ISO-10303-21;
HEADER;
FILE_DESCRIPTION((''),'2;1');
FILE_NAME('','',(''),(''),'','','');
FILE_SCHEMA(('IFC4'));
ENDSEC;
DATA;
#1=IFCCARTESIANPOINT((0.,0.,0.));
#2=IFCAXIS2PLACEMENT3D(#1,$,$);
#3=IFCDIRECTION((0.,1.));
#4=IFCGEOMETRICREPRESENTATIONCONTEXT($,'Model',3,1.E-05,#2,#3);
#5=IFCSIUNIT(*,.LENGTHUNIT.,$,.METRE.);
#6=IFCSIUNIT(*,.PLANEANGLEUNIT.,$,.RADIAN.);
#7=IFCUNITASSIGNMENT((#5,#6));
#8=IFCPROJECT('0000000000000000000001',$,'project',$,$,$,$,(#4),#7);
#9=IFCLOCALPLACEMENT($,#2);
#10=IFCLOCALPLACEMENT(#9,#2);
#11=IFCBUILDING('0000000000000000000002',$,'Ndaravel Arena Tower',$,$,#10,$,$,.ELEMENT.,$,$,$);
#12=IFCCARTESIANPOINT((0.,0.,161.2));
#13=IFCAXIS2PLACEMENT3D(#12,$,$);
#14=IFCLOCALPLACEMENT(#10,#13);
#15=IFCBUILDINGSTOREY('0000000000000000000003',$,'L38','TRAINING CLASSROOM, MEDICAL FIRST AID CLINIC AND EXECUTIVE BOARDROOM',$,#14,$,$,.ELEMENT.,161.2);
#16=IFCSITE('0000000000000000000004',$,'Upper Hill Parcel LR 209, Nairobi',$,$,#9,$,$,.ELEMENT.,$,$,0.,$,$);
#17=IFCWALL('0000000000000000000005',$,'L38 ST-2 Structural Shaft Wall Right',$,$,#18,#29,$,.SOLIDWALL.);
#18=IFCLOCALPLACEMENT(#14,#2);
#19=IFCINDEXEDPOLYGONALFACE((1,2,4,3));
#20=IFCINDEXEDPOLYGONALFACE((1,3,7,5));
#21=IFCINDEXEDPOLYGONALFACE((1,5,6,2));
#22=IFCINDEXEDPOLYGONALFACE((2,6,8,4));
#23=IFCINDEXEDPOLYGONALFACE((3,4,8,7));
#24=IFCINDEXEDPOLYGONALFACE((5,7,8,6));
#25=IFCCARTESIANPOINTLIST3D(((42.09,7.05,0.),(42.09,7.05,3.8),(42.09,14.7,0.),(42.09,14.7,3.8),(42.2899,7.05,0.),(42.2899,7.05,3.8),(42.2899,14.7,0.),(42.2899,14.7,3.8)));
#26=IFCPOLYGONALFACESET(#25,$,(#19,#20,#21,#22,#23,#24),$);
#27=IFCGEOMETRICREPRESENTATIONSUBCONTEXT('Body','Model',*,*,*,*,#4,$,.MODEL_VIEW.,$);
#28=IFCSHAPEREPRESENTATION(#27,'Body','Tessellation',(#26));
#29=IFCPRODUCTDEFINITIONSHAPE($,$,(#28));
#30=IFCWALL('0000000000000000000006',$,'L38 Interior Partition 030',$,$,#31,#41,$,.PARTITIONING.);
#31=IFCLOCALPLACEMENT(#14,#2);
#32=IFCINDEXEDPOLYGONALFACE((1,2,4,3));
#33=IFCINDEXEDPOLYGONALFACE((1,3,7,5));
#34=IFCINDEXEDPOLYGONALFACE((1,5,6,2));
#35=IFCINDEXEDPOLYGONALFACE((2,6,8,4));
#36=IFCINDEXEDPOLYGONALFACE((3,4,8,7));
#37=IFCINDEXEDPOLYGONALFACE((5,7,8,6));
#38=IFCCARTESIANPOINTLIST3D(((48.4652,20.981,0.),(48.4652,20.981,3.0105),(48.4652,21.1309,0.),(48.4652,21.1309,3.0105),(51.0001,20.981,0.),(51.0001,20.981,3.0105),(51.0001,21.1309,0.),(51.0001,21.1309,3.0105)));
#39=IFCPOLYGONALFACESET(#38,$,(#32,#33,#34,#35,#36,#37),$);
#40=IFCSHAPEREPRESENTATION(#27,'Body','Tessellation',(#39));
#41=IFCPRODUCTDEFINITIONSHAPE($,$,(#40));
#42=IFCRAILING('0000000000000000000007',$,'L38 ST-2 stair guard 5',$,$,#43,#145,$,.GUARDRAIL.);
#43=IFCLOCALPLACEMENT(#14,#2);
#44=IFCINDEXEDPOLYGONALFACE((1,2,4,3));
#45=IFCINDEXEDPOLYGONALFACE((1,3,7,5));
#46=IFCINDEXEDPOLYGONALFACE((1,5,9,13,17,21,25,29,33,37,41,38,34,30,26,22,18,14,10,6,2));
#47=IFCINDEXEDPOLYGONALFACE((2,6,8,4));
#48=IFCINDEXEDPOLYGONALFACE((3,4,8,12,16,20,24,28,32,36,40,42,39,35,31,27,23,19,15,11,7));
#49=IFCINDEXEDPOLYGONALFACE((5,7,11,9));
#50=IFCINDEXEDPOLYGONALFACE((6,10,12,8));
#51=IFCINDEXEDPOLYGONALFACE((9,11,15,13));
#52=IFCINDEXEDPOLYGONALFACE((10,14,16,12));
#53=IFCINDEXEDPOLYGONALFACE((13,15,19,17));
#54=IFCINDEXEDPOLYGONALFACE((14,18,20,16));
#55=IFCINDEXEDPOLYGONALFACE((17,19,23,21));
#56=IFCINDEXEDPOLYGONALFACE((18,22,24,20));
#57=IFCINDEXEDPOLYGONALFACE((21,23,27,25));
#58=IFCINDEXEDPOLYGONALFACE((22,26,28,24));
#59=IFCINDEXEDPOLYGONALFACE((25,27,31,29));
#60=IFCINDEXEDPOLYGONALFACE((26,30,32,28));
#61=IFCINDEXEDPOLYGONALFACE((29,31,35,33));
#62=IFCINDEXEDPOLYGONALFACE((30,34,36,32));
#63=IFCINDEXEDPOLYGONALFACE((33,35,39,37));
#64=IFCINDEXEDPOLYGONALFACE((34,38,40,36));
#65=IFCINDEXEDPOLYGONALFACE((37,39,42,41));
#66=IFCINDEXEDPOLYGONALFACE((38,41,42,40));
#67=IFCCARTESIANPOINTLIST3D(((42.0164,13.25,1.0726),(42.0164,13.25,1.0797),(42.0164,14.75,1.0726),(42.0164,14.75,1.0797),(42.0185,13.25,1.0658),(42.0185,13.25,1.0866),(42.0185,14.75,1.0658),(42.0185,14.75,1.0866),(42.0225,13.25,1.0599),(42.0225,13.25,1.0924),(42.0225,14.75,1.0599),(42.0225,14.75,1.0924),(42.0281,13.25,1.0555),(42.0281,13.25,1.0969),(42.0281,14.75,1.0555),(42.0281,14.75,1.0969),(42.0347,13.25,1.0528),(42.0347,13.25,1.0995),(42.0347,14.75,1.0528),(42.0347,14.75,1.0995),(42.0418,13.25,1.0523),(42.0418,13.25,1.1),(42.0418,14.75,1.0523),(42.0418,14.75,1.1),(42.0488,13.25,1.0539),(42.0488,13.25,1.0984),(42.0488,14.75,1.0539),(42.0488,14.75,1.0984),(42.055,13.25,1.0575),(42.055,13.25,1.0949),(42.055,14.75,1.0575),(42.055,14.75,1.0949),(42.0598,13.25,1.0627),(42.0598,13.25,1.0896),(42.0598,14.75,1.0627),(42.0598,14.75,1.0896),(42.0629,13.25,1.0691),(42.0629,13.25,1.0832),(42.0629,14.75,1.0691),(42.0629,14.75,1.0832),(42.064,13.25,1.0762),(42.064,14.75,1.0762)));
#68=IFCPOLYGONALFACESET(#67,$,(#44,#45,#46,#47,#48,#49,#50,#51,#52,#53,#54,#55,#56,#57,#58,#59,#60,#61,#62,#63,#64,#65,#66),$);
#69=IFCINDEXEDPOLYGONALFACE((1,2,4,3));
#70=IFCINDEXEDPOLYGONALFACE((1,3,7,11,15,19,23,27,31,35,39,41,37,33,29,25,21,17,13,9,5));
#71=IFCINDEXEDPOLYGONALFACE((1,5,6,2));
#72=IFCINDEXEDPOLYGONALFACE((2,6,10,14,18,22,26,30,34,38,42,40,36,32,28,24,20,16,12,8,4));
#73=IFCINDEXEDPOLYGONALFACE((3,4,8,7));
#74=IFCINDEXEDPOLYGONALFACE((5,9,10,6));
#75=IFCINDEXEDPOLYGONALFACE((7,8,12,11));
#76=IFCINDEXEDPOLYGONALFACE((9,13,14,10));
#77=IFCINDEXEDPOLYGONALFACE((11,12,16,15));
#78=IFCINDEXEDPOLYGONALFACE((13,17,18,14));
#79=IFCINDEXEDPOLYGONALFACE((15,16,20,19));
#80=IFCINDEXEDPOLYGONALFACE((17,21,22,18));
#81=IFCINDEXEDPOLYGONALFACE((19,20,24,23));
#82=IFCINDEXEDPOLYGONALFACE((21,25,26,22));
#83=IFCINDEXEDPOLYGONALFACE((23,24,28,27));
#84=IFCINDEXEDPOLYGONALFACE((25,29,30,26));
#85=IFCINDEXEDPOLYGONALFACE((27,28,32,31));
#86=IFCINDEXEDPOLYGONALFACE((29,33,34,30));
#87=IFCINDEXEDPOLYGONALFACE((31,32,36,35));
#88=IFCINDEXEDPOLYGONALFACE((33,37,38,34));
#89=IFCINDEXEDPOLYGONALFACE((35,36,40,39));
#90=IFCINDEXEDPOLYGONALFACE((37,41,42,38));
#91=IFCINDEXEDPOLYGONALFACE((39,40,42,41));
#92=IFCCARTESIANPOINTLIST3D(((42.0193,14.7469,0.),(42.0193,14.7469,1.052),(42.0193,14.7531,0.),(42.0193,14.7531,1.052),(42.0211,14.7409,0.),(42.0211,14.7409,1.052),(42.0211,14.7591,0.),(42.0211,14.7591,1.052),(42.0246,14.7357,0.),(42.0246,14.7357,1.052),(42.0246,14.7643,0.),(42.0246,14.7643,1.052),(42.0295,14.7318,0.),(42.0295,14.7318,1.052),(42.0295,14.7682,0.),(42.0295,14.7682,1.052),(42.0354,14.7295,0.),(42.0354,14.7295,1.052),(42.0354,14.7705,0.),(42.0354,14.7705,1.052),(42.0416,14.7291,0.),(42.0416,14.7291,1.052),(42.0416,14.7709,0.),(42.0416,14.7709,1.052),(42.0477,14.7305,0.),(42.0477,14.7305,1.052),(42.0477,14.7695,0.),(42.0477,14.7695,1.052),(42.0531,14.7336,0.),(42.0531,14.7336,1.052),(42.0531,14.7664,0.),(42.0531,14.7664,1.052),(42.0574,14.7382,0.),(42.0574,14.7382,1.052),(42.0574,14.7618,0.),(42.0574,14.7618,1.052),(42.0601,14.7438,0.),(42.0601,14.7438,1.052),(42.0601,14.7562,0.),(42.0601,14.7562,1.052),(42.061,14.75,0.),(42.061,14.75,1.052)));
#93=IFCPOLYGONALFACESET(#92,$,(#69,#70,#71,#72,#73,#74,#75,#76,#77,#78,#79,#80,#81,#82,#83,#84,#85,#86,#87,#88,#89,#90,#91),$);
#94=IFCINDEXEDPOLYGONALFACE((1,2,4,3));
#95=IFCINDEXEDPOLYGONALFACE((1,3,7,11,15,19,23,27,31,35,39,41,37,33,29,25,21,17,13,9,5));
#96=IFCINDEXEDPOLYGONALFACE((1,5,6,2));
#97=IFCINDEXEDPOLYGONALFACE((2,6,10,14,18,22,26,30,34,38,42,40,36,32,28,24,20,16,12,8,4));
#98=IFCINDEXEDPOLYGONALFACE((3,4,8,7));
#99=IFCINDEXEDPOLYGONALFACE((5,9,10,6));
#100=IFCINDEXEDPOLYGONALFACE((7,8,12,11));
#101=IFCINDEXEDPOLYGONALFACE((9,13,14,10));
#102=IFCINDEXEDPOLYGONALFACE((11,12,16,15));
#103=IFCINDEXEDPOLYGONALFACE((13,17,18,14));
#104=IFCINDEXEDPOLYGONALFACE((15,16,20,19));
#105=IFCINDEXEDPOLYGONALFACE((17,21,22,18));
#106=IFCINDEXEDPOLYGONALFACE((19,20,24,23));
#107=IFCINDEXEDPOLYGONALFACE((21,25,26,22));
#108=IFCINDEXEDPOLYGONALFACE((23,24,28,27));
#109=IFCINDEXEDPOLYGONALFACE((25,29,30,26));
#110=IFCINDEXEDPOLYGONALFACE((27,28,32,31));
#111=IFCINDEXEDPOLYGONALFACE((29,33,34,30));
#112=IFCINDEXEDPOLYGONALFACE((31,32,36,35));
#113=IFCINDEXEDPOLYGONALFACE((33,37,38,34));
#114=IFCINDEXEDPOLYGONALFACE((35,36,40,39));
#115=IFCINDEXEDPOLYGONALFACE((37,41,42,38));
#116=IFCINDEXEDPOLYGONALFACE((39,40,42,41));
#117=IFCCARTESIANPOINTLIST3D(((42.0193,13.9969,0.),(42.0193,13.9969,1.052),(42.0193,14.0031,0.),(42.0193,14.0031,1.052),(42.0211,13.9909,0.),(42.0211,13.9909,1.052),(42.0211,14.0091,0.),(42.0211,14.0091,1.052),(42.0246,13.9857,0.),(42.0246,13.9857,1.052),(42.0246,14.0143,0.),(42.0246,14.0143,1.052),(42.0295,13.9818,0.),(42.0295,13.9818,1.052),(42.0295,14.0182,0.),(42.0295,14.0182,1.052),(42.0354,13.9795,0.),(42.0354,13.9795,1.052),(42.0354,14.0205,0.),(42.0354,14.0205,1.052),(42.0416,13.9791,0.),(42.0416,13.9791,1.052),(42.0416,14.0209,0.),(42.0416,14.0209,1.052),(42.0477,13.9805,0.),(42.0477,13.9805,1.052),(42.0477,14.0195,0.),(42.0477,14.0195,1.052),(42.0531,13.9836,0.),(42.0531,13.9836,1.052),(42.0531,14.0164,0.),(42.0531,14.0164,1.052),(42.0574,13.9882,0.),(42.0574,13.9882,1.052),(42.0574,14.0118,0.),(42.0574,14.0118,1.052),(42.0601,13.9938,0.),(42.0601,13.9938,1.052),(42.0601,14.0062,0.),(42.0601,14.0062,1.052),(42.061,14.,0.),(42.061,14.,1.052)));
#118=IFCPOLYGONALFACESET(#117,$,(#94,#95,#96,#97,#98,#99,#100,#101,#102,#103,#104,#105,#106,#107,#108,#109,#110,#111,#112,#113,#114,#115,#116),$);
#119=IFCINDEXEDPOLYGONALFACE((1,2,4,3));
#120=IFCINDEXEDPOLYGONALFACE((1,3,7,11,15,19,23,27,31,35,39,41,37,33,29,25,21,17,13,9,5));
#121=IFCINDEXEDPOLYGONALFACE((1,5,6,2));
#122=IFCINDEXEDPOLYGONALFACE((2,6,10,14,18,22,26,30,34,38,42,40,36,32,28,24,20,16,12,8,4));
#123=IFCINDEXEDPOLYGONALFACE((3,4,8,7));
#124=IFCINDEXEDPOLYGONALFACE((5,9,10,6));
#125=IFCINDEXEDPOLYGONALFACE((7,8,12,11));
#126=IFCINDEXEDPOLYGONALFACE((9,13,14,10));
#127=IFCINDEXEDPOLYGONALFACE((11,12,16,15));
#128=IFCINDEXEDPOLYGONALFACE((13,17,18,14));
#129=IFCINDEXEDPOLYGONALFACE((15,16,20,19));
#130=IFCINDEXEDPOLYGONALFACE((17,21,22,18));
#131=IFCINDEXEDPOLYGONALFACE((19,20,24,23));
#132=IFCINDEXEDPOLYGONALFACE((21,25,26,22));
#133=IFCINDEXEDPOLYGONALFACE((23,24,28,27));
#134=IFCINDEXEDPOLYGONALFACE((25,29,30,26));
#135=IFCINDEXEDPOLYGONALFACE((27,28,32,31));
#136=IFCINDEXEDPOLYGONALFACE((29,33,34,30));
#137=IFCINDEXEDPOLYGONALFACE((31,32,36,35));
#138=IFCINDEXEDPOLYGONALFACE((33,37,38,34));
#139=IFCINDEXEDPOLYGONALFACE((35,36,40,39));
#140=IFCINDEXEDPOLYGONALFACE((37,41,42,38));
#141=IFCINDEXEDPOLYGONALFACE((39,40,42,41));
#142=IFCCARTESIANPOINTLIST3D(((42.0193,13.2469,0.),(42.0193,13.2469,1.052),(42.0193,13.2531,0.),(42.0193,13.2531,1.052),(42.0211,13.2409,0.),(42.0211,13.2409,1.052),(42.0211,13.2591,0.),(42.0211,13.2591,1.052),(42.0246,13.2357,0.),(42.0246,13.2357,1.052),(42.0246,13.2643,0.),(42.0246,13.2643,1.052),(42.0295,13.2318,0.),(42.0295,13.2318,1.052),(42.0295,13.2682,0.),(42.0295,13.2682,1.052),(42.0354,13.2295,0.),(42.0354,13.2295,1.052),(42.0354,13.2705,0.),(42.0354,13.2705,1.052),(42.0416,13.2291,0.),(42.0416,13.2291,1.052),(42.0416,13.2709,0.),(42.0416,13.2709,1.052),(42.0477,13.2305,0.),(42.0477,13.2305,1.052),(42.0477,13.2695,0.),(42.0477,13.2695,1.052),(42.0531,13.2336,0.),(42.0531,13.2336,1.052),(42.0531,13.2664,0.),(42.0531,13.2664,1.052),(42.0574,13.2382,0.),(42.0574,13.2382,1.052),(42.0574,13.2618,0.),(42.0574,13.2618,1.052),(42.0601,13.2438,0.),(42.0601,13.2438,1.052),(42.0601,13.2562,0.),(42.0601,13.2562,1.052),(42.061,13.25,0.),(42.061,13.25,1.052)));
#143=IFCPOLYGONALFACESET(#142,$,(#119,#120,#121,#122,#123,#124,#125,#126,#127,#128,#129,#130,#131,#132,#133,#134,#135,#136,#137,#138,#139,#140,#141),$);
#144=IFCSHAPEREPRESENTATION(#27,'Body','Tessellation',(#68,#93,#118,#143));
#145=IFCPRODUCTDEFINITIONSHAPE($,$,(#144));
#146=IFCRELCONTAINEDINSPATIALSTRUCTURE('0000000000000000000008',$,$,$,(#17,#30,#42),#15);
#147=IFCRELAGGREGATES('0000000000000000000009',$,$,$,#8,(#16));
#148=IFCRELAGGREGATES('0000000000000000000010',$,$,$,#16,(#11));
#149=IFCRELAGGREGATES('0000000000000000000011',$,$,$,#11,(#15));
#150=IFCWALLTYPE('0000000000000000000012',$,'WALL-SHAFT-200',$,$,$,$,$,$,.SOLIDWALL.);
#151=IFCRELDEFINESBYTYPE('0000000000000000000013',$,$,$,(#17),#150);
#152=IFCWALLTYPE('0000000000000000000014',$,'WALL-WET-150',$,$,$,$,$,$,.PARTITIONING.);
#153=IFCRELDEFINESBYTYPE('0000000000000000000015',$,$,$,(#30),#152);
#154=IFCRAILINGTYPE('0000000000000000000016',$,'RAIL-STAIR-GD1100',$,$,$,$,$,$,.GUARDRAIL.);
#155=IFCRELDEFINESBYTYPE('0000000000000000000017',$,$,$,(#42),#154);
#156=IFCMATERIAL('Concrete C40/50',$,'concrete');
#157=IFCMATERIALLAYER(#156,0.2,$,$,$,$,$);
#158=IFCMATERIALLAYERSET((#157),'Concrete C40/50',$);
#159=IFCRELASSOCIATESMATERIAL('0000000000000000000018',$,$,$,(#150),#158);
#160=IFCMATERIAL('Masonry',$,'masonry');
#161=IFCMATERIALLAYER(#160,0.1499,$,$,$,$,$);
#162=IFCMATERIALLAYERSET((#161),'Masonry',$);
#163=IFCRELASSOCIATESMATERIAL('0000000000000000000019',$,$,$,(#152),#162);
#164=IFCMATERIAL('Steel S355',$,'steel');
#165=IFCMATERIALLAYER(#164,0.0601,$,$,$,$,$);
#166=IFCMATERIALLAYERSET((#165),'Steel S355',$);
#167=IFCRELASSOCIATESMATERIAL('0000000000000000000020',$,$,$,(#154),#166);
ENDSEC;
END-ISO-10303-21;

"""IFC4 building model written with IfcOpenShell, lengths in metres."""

from ifc_helpers import new_model, si_unit, direction, frame, frame_2d, origin, origin_2d, place, context, subcontext, project, spatial, rectangle, circle, extrude, material, layer, layer_set, type_object, element, save


model = new_model("IFC4")

# Units and contexts
model_context = context("Model", 3, precision=1e-05, world=origin(), true_north=direction((0.0, 1.0)))
body_context = subcontext(model_context, "Body", "Model", "MODEL_VIEW")
ifc_project = project(units=[si_unit("LENGTHUNIT", "METRE"), si_unit("PLANEANGLEUNIT", "RADIAN")], contexts=[model_context])

# Site, building, storey
site_placement = place(None, origin())
site = spatial("IfcSite", under=ifc_project, at=site_placement, Name="Upper Hill Parcel LR 209, Nairobi", CompositionType="ELEMENT", RefElevation=0.0)
building_placement = place(site_placement, origin())
building = spatial("IfcBuilding", under=site, at=building_placement, Name="Ndaravel Arena Tower", CompositionType="ELEMENT")
storey_placement = place(building_placement, frame((0.0, 0.0, 161.2)))
storey = spatial("IfcBuildingStorey", under=building, at=storey_placement, Name="L38", Description="TRAINING CLASSROOM, MEDICAL FIRST AID CLINIC AND EXECUTIVE BOARDROOM", CompositionType="ELEMENT", Elevation=161.2)

# Walls
ifc_material_1 = material(Name="Concrete C40/50", Category="concrete")
ifc_layer_1 = layer(ifc_material_1, 0.2)
ifc_layer_set_1 = layer_set([ifc_layer_1], Name="Concrete C40/50")
wall_type_1 = type_object("IfcWallType", Name="WALL-SHAFT-200", PredefinedType="SOLIDWALL", material=ifc_layer_set_1)
wall_1_placement = place(storey_placement, frame((42.1899, 14.7, 0.0), z_axis=(0.0, 0.0, 1.0), x_axis=(0.0, -1.0, 0.0)))
element("IfcWall", 1, at=wall_1_placement, inside=storey, type_object=wall_type_1, Name="L38 ST-2 Structural Shaft Wall Right", PredefinedType="SOLIDWALL", context=body_context, shape_type="SweptSolid", body=[
    extrude(rectangle(XDim=7.6499, YDim=0.2, at=frame_2d((3.825, 0.0))), origin(), (0.0, 0.0, 1.0), 3.8),
])
ifc_material_2 = material(Name="Masonry", Category="masonry")
ifc_layer_2 = layer(ifc_material_2, 0.1499)
ifc_layer_set_2 = layer_set([ifc_layer_2], Name="Masonry")
wall_type_2 = type_object("IfcWallType", Name="WALL-WET-150", PredefinedType="PARTITIONING", material=ifc_layer_set_2)
wall_2_placement = place(storey_placement, frame((48.4651, 21.0559, 0.0), z_axis=(0.0, 0.0, 1.0), x_axis=(1.0, 0.0, 0.0)))
element("IfcWall", 2, at=wall_2_placement, inside=storey, type_object=wall_type_2, Name="L38 Interior Partition 030", PredefinedType="PARTITIONING", context=body_context, shape_type="SweptSolid", body=[
    extrude(rectangle(XDim=2.5349, YDim=0.1499, at=frame_2d((1.2676, 0.0))), origin(), (0.0, 0.0, 1.0), 3.0105),
])

# Railing
ifc_material_3 = material(Name="Steel S355", Category="steel")
ifc_layer_3 = layer(ifc_material_3, 0.0601)
ifc_layer_set_3 = layer_set([ifc_layer_3], Name="Steel S355")
railing_type = type_object("IfcRailingType", Name="RAIL-STAIR-GD1100", PredefinedType="GUARDRAIL", material=ifc_layer_set_3)
railing_placement = place(storey_placement, frame((42.04, 14.75, 0.0)))
element("IfcRailing", 3, at=railing_placement, inside=storey, type_object=railing_type, Name="L38 ST-2 stair guard 5", PredefinedType="GUARDRAIL", context=body_context, shape_type="SweptSolid", body=[
    extrude(circle(Radius=0.0239, at=origin_2d()), frame((0.0, 0.0, 1.0762), z_axis=(0.0, -1.0, 0.0), x_axis=(1.0, 0.0, 0.0)), (0.0, 0.0, 1.0), 1.5),
    extrude(circle(Radius=0.021, at=origin_2d()), origin(), (0.0, 0.0, 1.0), 1.052),
    extrude(circle(Radius=0.021, at=origin_2d()), frame((0.0, -0.75, 0.0)), (0.0, 0.0, 1.0), 1.052),
    extrude(circle(Radius=0.021, at=origin_2d()), frame((0.0, -1.5, 0.0)), (0.0, 0.0, 1.0), 1.052),
])

save(model, "model.ifc")
